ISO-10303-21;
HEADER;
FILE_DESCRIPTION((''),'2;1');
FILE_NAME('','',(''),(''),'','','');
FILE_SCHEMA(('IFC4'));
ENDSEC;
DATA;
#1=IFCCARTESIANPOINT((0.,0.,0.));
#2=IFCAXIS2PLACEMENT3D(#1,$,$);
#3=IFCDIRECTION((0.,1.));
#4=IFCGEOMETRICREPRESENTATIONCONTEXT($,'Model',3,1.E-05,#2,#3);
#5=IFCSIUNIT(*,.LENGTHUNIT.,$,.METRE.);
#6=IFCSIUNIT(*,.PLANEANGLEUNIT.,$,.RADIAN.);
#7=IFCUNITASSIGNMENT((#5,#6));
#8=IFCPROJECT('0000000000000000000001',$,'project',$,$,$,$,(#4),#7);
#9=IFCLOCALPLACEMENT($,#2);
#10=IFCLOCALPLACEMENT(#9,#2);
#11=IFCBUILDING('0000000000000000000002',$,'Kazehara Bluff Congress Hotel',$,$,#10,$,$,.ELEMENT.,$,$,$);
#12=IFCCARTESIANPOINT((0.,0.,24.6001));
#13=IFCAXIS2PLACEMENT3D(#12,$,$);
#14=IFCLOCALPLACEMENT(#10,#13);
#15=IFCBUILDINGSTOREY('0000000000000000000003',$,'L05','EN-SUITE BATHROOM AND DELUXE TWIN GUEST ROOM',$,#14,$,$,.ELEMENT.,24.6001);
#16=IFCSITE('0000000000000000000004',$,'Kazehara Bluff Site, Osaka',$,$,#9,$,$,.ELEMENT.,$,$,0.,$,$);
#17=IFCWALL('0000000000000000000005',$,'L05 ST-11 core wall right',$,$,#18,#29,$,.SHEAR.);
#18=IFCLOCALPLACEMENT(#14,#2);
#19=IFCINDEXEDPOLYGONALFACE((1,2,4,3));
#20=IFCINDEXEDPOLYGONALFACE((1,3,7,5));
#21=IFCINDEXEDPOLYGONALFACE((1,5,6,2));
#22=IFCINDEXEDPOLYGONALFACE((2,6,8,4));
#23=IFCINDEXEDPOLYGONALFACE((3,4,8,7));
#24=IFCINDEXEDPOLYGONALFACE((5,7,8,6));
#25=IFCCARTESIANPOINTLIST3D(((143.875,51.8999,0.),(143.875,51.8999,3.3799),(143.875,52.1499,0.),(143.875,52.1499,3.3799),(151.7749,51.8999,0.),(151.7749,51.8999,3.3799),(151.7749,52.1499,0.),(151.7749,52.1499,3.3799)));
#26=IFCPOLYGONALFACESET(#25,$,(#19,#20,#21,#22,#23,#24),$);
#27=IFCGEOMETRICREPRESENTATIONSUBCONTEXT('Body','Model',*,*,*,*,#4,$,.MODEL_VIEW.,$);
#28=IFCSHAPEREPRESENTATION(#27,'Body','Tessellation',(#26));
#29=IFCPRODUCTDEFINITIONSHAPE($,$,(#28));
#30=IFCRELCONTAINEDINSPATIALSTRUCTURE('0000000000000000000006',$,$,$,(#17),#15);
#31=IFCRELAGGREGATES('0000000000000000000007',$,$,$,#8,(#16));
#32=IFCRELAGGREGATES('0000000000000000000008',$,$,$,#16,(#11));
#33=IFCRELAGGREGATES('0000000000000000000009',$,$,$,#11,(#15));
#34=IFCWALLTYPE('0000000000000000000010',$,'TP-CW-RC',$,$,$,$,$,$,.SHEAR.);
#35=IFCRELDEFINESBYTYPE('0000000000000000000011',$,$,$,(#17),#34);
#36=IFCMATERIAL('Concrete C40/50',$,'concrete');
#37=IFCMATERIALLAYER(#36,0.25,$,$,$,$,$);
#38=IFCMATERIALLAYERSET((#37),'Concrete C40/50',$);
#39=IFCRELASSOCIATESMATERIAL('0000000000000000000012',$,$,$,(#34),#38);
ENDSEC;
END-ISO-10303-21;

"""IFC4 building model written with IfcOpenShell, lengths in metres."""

from ifc_helpers import new_model, si_unit, direction, frame, frame_2d, origin, place, context, subcontext, project, spatial, rectangle, extrude, material, layer, layer_set, type_object, element, save


model = new_model("IFC4")

# Units and contexts
model_context = context("Model", 3, precision=1e-05, world=origin(), true_north=direction((0.0, 1.0)))
body_context = subcontext(model_context, "Body", "Model", "MODEL_VIEW")
ifc_project = project(units=[si_unit("LENGTHUNIT", "METRE"), si_unit("PLANEANGLEUNIT", "RADIAN")], contexts=[model_context])

# Site, building, storey
site_placement = place(None, origin())
site = spatial("IfcSite", under=ifc_project, at=site_placement, Name="Kazehara Bluff Site, Osaka", CompositionType="ELEMENT", RefElevation=0.0)
building_placement = place(site_placement, origin())
building = spatial("IfcBuilding", under=site, at=building_placement, Name="Kazehara Bluff Congress Hotel", CompositionType="ELEMENT")
storey_placement = place(building_placement, frame((0.0, 0.0, 24.6001)))
storey = spatial("IfcBuildingStorey", under=building, at=storey_placement, Name="L05", Description="EN-SUITE BATHROOM AND DELUXE TWIN GUEST ROOM", CompositionType="ELEMENT", Elevation=24.6001)

# Wall
ifc_material_1 = material(Name="Concrete C40/50", Category="concrete")
ifc_layer_1 = layer(ifc_material_1, 0.25)
ifc_layer_set_1 = layer_set([ifc_layer_1], Name="Concrete C40/50")
wall_type = type_object("IfcWallType", Name="TP-CW-RC", PredefinedType="SHEAR", material=ifc_layer_set_1)
wall_1_placement = place(storey_placement, frame((143.875, 52.0249, 0.0), z_axis=(0.0, 0.0, 1.0), x_axis=(1.0, 0.0, 0.0)))
element("IfcWall", 1, at=wall_1_placement, inside=storey, type_object=wall_type, Name="L05 ST-11 core wall right", PredefinedType="SHEAR", context=body_context, shape_type="SweptSolid", body=[
    extrude(rectangle(XDim=7.8999, YDim=0.25, at=frame_2d((3.95, 0.0))), origin(), (0.0, 0.0, 1.0), 3.3799),
])

save(model, "model.ifc")
